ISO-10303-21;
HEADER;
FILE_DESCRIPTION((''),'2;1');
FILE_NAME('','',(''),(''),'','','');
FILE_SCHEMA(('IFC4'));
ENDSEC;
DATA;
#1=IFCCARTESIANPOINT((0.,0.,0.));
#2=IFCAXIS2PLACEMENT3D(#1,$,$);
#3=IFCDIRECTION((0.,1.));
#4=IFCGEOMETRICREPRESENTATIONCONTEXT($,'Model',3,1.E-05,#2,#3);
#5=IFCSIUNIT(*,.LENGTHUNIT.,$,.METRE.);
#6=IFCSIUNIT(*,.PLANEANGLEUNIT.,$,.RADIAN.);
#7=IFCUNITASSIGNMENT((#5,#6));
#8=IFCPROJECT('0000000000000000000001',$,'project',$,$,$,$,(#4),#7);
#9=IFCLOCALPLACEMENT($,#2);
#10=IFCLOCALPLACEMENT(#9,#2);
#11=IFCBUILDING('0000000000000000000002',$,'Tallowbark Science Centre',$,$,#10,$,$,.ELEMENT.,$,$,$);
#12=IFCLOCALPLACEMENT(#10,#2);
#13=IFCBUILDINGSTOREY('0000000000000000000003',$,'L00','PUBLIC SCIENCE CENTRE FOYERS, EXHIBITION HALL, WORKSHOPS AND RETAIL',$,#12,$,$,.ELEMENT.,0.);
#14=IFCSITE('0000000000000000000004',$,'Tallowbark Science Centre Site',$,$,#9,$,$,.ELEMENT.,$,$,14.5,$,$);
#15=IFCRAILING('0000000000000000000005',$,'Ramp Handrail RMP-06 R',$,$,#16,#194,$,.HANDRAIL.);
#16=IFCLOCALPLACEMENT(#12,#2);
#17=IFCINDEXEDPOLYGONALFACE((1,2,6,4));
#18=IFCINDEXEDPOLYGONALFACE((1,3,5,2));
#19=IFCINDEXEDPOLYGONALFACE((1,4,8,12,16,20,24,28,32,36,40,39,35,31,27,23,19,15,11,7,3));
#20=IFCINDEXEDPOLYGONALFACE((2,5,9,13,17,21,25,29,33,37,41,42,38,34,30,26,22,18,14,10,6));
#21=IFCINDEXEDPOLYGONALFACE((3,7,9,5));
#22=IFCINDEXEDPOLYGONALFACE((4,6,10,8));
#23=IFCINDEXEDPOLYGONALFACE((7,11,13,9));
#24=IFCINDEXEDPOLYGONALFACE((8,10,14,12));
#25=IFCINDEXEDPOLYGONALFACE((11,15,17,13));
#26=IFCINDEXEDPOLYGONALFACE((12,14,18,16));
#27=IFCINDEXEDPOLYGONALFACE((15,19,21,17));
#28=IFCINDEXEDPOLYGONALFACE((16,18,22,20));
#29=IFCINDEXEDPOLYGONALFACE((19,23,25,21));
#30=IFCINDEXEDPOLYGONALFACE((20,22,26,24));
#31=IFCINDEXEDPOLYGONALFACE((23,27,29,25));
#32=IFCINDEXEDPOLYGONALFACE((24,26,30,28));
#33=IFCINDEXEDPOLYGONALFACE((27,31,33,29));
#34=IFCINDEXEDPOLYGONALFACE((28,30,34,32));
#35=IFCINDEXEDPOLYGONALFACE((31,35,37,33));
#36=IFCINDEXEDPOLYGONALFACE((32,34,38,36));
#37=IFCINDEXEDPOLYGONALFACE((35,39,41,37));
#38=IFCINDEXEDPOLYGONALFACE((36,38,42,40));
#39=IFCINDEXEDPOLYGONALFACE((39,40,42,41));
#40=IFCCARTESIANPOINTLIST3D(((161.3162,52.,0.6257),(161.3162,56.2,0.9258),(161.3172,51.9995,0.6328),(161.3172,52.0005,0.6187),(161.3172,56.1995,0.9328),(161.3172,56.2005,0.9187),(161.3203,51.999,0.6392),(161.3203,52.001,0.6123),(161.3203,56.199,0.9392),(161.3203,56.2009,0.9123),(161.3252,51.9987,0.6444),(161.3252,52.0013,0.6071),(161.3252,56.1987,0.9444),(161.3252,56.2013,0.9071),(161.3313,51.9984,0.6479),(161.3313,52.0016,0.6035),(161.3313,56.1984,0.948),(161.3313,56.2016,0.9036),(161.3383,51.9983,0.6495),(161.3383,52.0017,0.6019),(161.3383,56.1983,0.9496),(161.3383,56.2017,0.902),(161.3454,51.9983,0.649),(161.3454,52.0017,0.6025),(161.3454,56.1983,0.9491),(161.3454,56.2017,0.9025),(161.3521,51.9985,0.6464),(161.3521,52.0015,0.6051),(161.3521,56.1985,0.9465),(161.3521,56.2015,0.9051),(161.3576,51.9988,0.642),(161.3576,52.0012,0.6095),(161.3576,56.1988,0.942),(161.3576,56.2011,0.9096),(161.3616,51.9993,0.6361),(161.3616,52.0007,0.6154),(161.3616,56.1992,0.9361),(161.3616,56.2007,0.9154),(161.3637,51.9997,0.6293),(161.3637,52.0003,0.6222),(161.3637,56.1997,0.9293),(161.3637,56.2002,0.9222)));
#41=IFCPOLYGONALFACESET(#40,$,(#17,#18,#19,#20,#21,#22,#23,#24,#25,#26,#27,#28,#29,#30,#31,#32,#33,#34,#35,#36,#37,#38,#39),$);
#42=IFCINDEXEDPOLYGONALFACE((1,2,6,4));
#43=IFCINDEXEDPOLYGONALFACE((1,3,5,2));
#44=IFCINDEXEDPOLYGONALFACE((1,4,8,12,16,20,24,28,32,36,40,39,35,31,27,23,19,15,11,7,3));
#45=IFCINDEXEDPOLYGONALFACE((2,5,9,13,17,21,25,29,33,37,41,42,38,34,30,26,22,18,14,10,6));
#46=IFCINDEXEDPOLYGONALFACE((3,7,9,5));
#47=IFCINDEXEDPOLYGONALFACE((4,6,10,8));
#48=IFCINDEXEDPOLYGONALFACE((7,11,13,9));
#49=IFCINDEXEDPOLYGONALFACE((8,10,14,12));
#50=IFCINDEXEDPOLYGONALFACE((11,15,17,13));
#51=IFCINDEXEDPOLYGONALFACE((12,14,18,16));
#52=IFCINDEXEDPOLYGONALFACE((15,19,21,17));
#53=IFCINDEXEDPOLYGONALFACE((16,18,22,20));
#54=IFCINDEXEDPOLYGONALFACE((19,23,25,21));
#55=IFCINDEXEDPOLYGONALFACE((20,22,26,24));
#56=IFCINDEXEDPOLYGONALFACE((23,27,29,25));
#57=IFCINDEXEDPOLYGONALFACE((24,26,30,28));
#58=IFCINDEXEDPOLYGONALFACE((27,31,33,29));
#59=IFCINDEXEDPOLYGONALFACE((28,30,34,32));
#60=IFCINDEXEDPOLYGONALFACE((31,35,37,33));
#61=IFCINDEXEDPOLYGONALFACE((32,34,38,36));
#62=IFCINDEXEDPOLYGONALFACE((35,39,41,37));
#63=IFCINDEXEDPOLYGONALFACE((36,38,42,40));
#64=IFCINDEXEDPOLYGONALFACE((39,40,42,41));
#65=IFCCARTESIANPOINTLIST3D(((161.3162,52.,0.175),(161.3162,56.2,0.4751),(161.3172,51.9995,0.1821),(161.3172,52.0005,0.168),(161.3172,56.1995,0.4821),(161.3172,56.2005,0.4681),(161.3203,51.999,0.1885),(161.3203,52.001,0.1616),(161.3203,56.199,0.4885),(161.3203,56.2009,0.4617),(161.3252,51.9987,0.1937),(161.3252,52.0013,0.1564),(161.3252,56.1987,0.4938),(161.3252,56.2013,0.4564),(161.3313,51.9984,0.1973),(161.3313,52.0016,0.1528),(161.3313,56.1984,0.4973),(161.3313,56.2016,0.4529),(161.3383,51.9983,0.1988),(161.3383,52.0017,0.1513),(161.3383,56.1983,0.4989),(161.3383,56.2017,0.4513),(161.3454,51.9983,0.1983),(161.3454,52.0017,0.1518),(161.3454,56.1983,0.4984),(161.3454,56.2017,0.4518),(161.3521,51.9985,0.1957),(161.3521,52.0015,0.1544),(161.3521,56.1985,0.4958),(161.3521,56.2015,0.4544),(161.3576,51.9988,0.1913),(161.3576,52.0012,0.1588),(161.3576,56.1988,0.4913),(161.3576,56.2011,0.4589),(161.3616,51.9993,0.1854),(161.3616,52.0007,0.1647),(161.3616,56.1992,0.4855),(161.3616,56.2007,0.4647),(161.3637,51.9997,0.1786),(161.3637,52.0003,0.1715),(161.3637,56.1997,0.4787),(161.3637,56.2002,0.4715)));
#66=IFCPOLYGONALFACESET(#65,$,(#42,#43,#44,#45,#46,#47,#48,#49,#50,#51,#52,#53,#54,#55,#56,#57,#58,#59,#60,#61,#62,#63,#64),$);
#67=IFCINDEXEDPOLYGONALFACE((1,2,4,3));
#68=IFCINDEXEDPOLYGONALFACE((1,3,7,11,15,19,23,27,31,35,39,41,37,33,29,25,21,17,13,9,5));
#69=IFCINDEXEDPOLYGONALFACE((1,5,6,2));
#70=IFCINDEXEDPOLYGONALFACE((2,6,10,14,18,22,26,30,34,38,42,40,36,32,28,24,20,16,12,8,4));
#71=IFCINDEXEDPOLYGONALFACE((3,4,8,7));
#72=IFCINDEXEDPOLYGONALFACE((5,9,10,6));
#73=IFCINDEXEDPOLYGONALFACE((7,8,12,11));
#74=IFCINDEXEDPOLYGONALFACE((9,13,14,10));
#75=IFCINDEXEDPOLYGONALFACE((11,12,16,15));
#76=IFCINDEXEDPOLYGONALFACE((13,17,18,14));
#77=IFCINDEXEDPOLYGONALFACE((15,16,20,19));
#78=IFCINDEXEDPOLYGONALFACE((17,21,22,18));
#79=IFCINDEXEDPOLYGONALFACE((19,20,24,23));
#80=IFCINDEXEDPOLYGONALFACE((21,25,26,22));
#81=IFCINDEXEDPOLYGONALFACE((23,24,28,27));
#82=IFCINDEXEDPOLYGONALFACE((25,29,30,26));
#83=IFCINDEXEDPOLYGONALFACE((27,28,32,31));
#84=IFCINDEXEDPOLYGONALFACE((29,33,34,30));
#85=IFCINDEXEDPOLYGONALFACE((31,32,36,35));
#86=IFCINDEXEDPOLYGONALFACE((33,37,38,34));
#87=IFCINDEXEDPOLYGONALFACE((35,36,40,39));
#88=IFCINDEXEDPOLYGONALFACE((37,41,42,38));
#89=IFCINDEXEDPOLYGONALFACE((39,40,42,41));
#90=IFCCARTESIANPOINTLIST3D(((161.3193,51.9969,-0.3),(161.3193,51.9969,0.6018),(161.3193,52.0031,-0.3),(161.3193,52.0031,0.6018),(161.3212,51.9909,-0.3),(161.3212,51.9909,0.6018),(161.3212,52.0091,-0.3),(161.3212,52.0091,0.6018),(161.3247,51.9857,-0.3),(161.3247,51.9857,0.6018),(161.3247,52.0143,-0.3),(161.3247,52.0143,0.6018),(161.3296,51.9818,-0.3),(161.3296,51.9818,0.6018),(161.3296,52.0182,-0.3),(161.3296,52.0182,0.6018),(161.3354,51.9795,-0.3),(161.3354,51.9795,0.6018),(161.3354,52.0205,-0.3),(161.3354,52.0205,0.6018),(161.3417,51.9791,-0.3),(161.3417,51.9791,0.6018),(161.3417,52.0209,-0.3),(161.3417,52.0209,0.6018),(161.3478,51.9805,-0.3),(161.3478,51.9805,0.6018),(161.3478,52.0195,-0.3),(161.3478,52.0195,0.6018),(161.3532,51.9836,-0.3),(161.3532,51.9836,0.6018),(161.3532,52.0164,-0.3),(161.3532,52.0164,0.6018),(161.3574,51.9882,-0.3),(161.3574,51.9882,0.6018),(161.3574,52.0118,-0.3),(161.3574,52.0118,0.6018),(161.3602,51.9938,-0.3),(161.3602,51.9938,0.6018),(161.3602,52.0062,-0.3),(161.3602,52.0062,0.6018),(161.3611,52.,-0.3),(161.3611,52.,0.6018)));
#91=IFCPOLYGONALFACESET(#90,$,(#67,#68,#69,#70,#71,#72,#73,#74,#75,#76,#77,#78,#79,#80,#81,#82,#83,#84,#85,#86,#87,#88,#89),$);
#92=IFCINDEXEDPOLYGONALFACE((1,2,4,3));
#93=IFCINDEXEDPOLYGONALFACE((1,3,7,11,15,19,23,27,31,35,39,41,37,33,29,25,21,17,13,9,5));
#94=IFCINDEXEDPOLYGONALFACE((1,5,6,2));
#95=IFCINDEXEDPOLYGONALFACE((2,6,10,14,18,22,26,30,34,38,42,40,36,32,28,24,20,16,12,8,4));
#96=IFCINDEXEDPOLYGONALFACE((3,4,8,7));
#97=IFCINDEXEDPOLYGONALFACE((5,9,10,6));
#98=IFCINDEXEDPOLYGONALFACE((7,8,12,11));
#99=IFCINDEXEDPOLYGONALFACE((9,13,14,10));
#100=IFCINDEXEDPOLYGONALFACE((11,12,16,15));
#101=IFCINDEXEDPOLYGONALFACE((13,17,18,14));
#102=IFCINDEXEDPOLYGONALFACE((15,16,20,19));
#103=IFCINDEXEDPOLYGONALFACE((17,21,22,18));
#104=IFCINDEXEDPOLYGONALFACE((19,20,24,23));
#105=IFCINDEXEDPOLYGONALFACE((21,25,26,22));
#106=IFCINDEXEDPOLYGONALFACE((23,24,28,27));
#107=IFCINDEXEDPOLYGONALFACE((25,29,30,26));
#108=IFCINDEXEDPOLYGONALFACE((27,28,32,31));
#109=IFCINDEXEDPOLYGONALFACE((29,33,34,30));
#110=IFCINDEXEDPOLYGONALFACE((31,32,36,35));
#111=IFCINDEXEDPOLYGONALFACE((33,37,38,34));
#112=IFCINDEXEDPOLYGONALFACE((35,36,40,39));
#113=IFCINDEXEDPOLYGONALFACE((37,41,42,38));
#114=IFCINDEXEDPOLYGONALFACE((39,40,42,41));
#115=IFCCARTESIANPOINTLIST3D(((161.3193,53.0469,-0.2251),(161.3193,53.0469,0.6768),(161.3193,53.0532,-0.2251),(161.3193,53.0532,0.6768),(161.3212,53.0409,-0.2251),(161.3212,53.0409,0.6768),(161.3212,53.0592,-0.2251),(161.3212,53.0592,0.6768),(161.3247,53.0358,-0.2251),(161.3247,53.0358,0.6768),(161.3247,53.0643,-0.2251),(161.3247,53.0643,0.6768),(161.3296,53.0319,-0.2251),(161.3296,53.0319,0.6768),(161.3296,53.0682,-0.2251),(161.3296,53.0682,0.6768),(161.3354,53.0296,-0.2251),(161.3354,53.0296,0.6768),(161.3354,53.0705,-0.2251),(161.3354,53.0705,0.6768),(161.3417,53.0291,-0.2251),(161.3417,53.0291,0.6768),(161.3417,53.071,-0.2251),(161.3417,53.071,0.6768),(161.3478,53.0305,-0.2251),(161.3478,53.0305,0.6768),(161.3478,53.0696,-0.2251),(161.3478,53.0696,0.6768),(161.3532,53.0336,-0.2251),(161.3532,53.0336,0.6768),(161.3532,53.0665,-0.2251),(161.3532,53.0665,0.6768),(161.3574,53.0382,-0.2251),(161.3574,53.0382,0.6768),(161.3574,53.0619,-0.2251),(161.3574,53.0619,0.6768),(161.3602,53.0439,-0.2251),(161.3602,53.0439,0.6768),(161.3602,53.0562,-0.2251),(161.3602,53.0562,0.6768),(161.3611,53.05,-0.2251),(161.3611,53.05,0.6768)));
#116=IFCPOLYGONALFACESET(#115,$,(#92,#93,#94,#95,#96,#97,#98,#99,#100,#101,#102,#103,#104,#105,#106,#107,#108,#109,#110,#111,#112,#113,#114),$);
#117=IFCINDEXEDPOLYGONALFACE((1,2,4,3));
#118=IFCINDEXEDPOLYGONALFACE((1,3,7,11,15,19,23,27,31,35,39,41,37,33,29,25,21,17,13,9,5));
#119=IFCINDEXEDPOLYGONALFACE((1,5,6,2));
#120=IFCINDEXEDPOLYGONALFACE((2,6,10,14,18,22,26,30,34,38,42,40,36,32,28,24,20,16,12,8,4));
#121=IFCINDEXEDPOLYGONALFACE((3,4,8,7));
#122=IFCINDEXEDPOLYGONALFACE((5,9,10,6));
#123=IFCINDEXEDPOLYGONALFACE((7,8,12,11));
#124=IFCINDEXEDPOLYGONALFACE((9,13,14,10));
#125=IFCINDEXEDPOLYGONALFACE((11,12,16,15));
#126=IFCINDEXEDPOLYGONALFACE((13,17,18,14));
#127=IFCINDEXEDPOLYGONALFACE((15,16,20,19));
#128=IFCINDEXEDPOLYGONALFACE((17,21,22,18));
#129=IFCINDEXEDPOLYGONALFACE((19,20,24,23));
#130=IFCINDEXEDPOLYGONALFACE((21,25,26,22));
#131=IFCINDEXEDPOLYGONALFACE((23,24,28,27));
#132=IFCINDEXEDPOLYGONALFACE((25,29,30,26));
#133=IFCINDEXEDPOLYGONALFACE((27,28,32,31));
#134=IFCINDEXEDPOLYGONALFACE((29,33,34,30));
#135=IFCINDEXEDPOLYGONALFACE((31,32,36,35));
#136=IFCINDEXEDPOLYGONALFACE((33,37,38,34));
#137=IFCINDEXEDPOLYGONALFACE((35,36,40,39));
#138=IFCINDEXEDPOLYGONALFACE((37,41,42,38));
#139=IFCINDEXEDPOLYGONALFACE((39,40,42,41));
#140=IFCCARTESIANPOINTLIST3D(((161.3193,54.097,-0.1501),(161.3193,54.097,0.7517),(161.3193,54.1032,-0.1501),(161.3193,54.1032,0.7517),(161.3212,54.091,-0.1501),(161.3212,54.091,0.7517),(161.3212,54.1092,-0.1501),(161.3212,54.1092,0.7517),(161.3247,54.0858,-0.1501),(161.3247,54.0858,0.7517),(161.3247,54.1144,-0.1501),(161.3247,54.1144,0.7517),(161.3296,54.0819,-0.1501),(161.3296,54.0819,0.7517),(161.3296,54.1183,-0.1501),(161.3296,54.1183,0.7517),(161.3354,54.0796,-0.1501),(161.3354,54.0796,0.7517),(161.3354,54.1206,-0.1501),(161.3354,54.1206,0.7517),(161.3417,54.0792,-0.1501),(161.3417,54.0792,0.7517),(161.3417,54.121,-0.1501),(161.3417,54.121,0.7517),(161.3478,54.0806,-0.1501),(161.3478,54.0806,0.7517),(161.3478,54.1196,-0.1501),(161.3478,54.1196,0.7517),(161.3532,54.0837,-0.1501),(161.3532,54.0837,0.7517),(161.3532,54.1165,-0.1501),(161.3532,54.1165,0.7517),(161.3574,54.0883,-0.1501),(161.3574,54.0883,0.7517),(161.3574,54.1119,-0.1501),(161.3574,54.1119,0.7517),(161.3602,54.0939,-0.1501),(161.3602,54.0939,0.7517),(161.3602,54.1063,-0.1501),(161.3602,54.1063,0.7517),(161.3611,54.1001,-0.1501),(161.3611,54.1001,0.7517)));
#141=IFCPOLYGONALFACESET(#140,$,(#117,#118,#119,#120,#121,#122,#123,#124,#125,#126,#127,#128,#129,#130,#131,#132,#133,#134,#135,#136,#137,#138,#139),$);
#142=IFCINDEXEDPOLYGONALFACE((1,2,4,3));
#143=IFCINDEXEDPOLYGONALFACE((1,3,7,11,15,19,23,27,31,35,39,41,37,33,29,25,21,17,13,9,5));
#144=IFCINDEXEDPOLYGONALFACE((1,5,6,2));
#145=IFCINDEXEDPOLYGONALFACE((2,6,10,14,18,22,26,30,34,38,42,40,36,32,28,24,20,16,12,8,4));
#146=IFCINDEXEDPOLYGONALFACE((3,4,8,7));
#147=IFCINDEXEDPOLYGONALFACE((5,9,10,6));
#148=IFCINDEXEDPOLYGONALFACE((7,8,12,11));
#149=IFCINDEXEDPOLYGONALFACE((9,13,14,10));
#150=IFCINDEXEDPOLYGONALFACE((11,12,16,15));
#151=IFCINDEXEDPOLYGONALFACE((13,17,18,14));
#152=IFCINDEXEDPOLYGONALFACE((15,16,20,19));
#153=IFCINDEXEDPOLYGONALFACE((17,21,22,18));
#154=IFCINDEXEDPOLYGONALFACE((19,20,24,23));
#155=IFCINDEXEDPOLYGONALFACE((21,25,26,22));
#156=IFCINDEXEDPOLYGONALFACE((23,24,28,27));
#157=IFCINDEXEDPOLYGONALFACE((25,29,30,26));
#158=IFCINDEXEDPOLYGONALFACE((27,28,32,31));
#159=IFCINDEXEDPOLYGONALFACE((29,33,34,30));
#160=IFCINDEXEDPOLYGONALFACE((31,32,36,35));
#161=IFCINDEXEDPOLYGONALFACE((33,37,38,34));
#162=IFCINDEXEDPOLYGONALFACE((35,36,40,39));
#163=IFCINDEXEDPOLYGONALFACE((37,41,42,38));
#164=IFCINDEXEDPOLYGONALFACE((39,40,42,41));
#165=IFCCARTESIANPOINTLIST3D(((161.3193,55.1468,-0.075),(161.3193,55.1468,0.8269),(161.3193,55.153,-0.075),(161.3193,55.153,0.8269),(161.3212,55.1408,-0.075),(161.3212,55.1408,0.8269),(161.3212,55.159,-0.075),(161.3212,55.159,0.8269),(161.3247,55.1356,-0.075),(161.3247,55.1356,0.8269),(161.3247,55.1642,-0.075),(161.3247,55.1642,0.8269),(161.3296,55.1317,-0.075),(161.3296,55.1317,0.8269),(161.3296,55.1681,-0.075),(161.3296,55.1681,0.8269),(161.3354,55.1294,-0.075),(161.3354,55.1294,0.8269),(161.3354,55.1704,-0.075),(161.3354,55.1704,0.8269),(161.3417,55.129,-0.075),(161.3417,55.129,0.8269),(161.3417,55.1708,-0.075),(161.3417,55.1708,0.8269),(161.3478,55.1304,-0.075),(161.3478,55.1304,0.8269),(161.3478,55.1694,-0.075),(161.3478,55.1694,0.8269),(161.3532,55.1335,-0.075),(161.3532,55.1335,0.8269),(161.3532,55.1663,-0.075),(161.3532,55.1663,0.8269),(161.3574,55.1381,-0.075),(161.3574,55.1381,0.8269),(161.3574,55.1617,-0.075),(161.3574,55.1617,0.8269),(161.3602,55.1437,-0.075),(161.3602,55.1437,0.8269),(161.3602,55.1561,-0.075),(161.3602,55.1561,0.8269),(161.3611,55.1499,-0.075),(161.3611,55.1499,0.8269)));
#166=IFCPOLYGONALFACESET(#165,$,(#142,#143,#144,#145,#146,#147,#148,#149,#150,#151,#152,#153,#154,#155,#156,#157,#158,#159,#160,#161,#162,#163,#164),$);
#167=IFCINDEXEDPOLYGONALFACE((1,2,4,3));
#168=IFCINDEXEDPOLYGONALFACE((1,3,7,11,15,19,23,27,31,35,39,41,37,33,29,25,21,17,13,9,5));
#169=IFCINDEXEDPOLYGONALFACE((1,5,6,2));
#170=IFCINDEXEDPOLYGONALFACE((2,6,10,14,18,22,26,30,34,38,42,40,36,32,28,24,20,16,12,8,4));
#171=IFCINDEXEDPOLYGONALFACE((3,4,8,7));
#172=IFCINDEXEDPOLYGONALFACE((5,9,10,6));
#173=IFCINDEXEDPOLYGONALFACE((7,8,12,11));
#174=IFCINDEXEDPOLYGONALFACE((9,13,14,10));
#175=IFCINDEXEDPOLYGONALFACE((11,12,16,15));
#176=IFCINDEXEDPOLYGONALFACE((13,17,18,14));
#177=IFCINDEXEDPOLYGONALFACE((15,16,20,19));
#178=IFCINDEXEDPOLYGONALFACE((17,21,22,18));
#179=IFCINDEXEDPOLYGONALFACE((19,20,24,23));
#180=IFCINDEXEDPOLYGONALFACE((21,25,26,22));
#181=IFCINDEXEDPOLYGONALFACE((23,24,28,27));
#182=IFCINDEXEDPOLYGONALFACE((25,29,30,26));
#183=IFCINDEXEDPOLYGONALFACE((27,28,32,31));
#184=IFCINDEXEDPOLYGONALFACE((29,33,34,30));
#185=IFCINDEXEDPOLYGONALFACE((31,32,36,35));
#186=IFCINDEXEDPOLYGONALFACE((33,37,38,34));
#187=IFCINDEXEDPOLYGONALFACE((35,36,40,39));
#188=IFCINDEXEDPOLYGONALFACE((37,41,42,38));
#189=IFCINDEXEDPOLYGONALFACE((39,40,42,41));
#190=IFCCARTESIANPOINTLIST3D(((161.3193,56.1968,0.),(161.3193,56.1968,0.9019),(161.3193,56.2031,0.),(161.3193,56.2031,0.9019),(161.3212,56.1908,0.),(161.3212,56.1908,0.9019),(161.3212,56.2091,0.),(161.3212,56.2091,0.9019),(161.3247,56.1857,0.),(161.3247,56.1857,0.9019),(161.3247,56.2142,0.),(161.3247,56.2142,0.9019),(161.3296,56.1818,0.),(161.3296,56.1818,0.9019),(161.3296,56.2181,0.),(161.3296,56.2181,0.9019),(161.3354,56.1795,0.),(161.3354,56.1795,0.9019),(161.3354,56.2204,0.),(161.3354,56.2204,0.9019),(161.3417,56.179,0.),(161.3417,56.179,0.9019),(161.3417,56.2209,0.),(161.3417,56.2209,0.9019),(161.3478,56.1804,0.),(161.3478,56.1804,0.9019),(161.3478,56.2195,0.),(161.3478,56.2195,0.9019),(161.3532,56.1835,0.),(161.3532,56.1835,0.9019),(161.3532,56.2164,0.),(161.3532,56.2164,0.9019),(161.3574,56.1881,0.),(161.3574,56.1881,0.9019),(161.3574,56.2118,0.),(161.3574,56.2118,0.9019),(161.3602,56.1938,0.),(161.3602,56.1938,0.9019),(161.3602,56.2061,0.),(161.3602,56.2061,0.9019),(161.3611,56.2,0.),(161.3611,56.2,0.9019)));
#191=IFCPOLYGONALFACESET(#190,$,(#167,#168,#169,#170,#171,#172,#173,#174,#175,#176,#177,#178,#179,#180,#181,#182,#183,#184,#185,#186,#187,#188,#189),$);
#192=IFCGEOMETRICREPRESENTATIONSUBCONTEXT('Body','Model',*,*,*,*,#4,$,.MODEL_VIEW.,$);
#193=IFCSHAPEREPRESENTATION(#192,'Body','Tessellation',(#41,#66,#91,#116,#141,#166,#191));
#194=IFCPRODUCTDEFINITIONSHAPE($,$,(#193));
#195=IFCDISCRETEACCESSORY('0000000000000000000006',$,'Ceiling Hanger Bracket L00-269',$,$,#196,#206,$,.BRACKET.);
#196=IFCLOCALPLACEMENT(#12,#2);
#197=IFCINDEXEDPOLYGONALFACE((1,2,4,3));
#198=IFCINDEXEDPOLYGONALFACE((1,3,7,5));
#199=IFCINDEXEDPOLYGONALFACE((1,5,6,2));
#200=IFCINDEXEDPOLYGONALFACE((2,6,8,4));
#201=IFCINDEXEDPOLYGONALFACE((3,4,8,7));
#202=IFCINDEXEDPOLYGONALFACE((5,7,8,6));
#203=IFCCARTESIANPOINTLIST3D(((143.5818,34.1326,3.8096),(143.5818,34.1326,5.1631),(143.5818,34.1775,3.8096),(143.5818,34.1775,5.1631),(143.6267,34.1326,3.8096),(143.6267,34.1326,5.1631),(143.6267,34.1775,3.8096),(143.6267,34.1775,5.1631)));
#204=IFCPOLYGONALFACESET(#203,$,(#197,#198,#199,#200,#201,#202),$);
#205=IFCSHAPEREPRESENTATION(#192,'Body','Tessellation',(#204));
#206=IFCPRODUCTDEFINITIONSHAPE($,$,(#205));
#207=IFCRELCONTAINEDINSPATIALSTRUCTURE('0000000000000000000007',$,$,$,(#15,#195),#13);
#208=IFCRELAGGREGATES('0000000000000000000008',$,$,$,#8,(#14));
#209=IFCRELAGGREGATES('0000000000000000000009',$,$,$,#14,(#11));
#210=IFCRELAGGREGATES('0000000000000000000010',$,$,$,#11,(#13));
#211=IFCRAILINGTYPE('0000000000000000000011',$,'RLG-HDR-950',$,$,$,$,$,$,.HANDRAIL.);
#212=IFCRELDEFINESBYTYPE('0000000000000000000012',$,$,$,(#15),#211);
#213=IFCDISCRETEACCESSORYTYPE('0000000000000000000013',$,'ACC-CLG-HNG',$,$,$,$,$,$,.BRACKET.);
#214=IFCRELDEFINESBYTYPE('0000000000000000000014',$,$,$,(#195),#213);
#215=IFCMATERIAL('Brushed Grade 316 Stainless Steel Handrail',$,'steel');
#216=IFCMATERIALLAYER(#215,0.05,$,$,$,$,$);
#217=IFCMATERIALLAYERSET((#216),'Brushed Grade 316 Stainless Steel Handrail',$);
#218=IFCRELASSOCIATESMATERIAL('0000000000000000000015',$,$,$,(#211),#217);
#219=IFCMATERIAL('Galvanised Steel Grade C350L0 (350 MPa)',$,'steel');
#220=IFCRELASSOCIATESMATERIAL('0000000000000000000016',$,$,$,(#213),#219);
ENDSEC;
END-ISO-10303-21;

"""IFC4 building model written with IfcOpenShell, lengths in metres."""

from ifc_helpers import new_model, si_unit, direction, frame, origin, origin_2d, place, context, subcontext, project, spatial, rectangle, circle, extrude, material, layer, layer_set, type_object, element, save


model = new_model("IFC4")

# Units and contexts
model_context = context("Model", 3, precision=1e-05, world=origin(), true_north=direction((0.0, 1.0)))
body_context = subcontext(model_context, "Body", "Model", "MODEL_VIEW")
ifc_project = project(units=[si_unit("LENGTHUNIT", "METRE"), si_unit("PLANEANGLEUNIT", "RADIAN")], contexts=[model_context])

# Site, building, storey
site_placement = place(None, origin())
site = spatial("IfcSite", under=ifc_project, at=site_placement, Name="Tallowbark Science Centre Site", CompositionType="ELEMENT", RefElevation=14.5)
building_placement = place(site_placement, origin())
building = spatial("IfcBuilding", under=site, at=building_placement, Name="Tallowbark Science Centre", CompositionType="ELEMENT")
storey_placement = place(building_placement, origin())
storey = spatial("IfcBuildingStorey", under=building, at=storey_placement, Name="L00", Description="PUBLIC SCIENCE CENTRE FOYERS, EXHIBITION HALL, WORKSHOPS AND RETAIL", CompositionType="ELEMENT", Elevation=0.0)

# Railing
ifc_material_1 = material(Name="Brushed Grade 316 Stainless Steel Handrail", Category="steel")
ifc_layer_1 = layer(ifc_material_1, 0.05)
ifc_layer_set_1 = layer_set([ifc_layer_1], Name="Brushed Grade 316 Stainless Steel Handrail")
railing_type = type_object("IfcRailingType", Name="RLG-HDR-950", PredefinedType="HANDRAIL", material=ifc_layer_set_1)
for number, where, name in (
    (1, (161.3401, 52.0, -0.3), "Ramp Handrail RMP-06 R"),
):
    element("IfcRailing", number, at=place(storey_placement, frame(where)), inside=storey, type_object=railing_type, Name=name, PredefinedType="HANDRAIL", context=body_context, shape_type="SweptSolid", body=[
        extrude(circle(Radius=0.0239, at=origin_2d()), frame((0.0, 0.0, 0.9258), z_axis=(0.0, 0.997458, 0.071259), x_axis=(-1.0, 0.0, 0.0)), (0.0, 0.0, 1.0), 4.2107),
        extrude(circle(Radius=0.0239, at=origin_2d()), frame((0.0, 0.0, 0.4751), z_axis=(0.0, 0.997458, 0.071259), x_axis=(-1.0, 0.0, 0.0)), (0.0, 0.0, 1.0), 4.2107),
        extrude(circle(Radius=0.021, at=origin_2d()), origin(), (0.0, 0.0, 1.0), 0.9019),
        extrude(circle(Radius=0.021, at=origin_2d()), frame((0.0, 1.05, 0.075)), (0.0, 0.0, 1.0), 0.9019),
        extrude(circle(Radius=0.021, at=origin_2d()), frame((0.0, 2.1001, 0.1499)), (0.0, 0.0, 1.0), 0.9019),
        extrude(circle(Radius=0.021, at=origin_2d()), frame((0.0, 3.1499, 0.2251)), (0.0, 0.0, 1.0), 0.9019),
        extrude(circle(Radius=0.021, at=origin_2d()), frame((0.0, 4.2, 0.3)), (0.0, 0.0, 1.0), 0.9019),
    ])

# Discrete accessory
ifc_material_2 = material(Name="Galvanised Steel Grade C350L0 (350 MPa)", Category="steel")
discrete_accessory_type = type_object("IfcDiscreteAccessoryType", Name="ACC-CLG-HNG", PredefinedType="BRACKET", material=ifc_material_2)
for number, where, z_axis, x_axis, name in (
    (2, (143.6042, 34.155, 3.8096), (0.0, 0.0, 1.0), (1.0, 0.0, 0.0), "Ceiling Hanger Bracket L00-269"),
):
    element("IfcDiscreteAccessory", number, at=place(storey_placement, frame(where, z_axis=z_axis, x_axis=x_axis)), inside=storey, type_object=discrete_accessory_type, Name=name, PredefinedType="BRACKET", context=body_context, shape_type="SweptSolid", body=[
        extrude(rectangle(XDim=0.0449, YDim=0.0449, at=origin_2d()), origin(), (0.0, 0.0, 1.0), 1.3535),
    ])

save(model, "model.ifc")
